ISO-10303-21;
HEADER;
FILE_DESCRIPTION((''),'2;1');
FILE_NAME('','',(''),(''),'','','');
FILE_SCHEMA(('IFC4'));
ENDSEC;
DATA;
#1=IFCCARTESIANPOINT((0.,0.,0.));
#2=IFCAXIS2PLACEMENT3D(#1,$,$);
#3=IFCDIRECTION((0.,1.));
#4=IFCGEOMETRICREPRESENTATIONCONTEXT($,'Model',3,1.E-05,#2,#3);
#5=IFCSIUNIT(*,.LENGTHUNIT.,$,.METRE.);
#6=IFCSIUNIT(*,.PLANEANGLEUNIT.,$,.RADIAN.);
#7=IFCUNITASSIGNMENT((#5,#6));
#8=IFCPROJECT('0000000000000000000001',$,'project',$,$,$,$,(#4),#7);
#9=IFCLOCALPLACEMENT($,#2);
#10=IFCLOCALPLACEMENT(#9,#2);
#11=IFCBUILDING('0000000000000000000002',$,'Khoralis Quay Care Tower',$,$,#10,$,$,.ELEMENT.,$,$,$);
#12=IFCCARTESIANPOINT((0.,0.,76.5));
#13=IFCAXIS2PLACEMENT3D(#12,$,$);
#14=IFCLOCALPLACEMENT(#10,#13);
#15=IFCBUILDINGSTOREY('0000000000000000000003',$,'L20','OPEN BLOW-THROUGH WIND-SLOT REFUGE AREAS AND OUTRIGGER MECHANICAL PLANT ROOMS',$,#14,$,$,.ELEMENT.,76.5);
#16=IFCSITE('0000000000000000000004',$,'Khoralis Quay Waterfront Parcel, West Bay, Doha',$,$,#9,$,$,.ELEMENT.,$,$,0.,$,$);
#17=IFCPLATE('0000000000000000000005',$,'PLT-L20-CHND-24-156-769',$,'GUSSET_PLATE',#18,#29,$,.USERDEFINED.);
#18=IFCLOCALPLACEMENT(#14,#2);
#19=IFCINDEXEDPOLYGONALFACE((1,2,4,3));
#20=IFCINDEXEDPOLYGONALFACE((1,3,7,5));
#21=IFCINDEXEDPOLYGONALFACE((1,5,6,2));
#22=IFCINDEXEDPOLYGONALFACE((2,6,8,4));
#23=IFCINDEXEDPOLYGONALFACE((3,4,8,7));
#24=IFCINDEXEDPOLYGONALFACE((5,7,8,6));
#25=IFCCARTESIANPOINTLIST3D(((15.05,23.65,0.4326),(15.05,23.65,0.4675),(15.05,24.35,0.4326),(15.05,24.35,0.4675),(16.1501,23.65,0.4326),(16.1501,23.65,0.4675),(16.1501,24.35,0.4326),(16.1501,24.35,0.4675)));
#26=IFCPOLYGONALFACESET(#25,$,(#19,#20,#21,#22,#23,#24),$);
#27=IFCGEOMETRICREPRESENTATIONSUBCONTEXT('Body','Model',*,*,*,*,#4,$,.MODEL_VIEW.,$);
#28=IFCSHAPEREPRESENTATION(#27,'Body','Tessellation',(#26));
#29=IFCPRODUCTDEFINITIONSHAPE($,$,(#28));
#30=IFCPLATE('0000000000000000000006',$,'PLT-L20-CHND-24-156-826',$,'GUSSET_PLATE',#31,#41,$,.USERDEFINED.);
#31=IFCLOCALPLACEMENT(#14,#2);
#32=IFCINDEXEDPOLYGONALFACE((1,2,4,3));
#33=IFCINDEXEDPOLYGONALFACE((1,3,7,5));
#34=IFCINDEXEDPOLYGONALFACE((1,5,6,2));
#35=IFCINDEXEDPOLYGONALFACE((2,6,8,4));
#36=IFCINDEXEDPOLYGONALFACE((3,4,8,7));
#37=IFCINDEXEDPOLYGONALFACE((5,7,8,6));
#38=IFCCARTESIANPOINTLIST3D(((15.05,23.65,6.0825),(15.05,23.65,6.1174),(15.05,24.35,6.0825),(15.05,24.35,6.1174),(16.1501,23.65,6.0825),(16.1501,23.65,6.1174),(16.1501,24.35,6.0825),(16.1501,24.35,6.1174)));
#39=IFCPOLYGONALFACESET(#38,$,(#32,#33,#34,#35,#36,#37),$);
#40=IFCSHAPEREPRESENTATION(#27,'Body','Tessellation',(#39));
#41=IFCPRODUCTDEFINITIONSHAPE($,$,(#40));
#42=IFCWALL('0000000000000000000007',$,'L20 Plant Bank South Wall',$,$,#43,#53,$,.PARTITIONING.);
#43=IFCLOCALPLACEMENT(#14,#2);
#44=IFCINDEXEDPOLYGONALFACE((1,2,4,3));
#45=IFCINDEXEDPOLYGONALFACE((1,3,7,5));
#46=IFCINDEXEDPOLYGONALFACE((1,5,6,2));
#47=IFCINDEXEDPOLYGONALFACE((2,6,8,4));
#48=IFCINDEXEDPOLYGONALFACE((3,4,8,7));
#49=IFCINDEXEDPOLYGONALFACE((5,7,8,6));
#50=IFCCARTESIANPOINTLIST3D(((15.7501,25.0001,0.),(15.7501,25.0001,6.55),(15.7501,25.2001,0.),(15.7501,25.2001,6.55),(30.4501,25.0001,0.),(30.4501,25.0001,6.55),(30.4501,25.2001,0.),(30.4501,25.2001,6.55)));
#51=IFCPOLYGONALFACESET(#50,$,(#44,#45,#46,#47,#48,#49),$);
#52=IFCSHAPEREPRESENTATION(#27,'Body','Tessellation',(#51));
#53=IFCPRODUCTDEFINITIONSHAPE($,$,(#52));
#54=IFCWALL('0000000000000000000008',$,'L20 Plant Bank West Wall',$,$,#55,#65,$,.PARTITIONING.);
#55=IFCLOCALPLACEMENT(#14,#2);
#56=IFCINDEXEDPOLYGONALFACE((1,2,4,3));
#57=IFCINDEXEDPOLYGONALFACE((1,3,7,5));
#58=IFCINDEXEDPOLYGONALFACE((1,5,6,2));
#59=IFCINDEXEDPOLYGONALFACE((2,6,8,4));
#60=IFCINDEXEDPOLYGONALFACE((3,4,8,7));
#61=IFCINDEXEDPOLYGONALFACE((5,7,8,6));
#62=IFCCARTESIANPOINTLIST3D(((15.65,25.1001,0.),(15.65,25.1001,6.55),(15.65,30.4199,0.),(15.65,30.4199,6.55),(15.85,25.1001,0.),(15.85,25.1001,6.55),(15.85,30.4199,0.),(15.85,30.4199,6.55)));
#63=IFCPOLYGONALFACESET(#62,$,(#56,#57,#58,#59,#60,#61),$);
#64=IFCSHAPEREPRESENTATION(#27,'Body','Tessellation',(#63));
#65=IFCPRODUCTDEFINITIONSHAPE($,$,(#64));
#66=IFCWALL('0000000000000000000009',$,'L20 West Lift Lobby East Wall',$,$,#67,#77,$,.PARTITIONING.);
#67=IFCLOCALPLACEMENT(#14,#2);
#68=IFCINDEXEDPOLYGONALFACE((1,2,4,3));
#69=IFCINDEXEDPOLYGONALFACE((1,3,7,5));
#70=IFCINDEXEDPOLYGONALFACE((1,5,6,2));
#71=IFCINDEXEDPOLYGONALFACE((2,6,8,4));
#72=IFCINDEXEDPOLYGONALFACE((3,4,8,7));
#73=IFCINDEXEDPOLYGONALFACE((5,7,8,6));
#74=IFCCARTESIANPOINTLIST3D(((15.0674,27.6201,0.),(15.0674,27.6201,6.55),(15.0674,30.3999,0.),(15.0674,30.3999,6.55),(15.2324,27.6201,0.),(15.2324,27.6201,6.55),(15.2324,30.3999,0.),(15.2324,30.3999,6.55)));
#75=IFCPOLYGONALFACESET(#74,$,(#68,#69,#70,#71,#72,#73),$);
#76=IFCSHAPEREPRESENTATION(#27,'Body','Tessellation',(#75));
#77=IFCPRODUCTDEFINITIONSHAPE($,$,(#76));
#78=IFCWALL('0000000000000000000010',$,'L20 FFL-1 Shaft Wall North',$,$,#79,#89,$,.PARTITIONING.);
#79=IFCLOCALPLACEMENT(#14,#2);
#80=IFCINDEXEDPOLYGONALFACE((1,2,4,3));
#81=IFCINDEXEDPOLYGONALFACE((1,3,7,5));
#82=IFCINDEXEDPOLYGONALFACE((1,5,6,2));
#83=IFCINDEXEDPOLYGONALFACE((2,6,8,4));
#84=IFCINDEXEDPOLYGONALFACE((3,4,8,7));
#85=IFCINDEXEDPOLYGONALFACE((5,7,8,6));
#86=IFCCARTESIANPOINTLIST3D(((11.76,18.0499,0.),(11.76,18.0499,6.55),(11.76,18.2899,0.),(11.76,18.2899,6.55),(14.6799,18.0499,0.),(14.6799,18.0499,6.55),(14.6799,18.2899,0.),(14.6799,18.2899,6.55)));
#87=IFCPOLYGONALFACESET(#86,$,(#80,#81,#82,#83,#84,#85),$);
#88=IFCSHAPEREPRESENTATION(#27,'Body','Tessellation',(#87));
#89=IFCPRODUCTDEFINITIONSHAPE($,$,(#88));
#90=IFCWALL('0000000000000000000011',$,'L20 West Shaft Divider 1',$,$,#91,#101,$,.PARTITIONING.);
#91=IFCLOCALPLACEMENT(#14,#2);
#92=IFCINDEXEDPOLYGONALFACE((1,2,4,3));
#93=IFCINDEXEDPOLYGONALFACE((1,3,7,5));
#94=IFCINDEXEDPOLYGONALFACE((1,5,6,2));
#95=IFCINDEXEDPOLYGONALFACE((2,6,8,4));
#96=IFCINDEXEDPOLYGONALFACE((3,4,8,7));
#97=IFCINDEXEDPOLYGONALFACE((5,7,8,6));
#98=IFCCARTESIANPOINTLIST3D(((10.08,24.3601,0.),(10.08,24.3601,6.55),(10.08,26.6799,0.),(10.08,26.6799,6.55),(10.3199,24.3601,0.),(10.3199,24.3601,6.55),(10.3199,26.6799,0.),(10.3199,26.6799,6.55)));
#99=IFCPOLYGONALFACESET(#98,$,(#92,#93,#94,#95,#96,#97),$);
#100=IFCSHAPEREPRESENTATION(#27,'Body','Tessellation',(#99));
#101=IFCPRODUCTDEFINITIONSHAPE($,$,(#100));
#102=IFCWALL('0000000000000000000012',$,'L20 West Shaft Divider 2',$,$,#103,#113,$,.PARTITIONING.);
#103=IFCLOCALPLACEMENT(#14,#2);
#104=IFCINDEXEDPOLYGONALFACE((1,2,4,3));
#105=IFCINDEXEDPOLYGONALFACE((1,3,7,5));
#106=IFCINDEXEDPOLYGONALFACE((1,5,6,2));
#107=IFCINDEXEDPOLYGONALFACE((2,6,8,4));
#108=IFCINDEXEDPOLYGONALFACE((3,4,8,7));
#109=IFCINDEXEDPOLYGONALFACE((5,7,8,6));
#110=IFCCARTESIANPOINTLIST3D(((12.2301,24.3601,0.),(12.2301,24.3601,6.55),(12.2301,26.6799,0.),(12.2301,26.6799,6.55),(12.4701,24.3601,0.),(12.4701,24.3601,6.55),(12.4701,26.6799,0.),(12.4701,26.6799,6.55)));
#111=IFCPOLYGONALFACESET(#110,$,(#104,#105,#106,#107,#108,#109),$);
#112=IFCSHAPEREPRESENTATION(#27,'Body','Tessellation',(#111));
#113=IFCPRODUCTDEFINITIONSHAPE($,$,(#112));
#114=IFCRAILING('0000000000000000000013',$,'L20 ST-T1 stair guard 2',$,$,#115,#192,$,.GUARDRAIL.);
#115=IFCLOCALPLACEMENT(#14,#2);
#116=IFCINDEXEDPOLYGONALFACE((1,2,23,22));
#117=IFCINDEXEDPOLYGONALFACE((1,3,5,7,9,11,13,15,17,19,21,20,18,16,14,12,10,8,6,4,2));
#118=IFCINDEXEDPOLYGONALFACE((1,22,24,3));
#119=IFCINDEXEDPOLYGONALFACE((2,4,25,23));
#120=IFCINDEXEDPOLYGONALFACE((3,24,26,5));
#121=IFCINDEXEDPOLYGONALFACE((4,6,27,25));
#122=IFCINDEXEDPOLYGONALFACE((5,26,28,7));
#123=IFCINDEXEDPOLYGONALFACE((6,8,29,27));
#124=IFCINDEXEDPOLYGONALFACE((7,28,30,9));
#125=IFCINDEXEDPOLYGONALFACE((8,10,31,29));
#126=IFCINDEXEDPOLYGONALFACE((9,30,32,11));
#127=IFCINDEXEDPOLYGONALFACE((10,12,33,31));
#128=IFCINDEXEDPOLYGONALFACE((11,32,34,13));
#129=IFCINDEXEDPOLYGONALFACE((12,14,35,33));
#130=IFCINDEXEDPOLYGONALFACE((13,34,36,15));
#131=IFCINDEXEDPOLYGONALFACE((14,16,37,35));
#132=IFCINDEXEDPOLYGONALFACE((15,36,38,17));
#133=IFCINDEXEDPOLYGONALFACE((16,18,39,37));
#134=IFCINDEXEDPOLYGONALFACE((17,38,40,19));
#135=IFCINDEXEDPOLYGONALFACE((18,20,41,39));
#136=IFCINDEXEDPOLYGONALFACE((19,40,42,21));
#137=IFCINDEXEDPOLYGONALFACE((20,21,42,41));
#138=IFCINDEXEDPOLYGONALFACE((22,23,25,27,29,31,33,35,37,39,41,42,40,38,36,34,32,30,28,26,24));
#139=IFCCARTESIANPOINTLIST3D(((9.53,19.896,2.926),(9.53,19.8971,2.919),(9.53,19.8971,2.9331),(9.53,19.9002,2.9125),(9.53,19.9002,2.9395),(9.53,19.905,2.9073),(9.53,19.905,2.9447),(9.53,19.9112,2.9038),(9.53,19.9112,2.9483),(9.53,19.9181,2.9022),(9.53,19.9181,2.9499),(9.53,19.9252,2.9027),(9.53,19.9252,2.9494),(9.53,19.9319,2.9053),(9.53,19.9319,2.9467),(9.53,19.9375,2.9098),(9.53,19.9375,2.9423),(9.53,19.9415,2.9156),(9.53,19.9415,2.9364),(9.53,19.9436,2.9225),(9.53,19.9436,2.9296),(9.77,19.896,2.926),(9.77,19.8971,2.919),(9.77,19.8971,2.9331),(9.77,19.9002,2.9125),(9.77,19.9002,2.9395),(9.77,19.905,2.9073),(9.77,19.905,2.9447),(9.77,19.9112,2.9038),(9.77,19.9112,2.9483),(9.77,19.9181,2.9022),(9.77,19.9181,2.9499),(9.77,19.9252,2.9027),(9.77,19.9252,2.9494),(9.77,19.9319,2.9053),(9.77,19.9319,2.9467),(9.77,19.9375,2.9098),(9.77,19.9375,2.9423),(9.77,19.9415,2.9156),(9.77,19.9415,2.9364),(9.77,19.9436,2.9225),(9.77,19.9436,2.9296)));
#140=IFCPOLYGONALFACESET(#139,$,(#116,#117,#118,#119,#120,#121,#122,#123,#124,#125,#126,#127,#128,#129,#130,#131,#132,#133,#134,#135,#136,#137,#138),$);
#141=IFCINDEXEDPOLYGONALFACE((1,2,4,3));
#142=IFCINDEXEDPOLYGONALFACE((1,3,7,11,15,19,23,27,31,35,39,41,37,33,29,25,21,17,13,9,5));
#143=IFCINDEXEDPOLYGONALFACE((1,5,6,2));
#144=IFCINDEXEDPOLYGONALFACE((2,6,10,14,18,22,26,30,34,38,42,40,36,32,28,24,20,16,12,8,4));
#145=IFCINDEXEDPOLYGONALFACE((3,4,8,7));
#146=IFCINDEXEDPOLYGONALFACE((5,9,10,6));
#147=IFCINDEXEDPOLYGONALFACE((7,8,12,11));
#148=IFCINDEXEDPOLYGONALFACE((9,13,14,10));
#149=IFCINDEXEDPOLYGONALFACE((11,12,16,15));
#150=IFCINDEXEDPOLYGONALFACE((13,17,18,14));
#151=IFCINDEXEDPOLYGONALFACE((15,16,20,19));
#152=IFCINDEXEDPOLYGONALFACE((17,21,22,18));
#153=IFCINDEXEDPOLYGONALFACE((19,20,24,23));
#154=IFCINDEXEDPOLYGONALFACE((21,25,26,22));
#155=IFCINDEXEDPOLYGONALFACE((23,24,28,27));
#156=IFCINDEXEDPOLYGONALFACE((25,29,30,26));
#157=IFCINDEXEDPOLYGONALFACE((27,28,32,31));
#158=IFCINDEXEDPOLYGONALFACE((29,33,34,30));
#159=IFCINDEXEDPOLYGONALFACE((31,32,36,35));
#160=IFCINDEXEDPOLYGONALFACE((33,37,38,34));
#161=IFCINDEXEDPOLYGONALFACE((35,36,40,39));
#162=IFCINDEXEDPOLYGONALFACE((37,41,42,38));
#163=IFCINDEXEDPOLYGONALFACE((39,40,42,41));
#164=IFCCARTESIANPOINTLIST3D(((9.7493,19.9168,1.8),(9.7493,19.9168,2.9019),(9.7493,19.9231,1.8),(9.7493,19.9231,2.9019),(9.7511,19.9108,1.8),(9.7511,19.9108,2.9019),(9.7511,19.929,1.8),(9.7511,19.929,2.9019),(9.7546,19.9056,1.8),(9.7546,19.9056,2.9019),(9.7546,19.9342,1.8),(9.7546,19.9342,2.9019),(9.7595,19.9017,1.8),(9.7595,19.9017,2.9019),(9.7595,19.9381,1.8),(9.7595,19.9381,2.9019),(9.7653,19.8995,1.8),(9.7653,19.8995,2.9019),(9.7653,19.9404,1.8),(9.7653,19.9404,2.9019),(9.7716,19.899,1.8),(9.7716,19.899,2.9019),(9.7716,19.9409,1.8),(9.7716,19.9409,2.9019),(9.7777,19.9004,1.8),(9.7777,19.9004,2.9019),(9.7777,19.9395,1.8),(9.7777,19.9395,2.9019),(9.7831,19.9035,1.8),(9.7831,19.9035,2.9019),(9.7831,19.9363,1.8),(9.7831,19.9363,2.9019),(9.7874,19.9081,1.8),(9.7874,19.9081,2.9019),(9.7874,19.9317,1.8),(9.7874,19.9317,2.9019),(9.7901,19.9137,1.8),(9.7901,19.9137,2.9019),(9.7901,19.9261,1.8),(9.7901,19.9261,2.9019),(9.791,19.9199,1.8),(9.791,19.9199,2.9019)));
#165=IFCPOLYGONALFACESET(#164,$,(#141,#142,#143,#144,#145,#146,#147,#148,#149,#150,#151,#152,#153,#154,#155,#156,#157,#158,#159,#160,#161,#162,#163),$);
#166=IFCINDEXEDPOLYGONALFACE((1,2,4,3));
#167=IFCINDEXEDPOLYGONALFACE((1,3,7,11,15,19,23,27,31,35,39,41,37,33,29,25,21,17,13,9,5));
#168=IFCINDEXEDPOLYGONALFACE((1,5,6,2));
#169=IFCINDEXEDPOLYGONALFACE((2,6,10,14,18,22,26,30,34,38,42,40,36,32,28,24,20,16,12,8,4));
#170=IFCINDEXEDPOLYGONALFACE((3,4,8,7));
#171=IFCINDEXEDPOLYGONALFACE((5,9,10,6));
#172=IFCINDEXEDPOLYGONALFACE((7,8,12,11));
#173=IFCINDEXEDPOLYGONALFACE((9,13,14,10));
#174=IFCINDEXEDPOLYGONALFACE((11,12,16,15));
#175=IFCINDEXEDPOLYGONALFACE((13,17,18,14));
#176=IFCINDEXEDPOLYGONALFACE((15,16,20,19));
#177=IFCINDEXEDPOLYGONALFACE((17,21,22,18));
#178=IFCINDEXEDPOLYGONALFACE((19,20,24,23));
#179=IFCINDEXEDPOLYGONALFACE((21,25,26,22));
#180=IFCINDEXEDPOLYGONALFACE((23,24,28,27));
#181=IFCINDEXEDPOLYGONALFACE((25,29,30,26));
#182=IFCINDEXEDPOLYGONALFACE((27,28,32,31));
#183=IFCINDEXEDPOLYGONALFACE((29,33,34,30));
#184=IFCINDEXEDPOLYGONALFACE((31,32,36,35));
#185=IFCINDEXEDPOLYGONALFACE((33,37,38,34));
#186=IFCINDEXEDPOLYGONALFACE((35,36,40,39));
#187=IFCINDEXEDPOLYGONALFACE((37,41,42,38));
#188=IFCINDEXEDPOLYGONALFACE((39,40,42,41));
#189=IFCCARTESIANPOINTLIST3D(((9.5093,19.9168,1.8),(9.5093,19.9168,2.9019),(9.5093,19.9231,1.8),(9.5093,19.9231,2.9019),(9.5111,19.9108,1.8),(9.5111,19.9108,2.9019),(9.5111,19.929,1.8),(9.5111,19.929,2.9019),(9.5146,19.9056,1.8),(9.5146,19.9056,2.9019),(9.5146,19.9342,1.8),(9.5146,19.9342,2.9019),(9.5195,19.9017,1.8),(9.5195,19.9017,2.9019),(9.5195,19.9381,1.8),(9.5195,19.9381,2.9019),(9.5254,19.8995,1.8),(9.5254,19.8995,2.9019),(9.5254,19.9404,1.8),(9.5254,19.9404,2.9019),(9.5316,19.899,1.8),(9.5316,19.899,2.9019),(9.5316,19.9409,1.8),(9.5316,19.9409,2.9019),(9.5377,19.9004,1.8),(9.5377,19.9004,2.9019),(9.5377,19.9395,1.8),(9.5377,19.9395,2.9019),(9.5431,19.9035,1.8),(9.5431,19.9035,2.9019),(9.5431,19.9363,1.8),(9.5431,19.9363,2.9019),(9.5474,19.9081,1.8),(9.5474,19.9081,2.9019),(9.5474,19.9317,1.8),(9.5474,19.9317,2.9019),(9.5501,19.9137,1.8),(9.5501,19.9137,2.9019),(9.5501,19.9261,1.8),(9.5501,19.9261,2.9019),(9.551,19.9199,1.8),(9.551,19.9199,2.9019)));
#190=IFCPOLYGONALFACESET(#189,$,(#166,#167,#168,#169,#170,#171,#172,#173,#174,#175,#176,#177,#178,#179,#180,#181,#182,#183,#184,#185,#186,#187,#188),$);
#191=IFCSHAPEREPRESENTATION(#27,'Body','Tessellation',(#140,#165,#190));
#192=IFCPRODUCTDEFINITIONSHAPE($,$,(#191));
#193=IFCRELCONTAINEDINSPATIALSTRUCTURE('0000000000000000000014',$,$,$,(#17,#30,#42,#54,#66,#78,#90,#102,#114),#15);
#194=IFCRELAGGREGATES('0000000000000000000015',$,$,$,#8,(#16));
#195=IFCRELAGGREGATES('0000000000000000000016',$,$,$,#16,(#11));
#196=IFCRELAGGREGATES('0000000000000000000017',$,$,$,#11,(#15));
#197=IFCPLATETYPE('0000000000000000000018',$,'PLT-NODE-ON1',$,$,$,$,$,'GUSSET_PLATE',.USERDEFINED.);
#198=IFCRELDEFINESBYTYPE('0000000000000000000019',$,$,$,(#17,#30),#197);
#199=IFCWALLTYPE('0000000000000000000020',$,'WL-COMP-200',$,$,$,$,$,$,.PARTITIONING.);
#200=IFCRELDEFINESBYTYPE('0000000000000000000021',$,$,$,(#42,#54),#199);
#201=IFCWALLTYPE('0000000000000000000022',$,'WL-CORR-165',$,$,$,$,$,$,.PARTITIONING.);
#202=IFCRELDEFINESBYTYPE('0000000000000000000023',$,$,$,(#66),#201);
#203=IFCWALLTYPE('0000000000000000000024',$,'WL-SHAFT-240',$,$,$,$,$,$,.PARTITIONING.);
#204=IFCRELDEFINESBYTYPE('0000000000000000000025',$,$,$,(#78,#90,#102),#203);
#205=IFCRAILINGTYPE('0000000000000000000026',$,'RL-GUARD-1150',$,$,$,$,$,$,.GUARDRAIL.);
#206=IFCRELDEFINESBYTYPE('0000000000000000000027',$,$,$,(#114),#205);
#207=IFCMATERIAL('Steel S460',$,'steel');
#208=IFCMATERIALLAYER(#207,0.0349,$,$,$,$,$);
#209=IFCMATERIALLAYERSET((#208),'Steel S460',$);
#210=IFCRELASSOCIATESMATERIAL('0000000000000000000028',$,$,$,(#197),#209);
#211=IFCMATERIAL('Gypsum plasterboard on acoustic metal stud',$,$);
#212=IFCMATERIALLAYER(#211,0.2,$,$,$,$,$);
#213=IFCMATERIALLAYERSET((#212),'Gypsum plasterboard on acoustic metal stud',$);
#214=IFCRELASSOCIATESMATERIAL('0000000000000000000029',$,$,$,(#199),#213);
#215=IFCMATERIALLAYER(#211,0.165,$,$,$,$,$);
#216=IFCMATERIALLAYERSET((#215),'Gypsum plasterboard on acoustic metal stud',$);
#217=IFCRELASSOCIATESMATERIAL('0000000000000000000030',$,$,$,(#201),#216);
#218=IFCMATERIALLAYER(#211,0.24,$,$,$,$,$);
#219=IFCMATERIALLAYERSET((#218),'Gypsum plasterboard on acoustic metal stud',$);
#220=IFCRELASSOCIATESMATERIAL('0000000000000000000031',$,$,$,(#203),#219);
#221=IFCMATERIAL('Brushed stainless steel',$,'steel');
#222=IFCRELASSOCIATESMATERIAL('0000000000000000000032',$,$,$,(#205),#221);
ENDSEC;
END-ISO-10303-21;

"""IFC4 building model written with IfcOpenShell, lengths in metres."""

from ifc_helpers import new_model, si_unit, direction, frame, frame_2d, origin, origin_2d, place, context, subcontext, project, spatial, rectangle, circle, extrude, source, transform, mapped, material, layer, layer_set, type_object, element, save


model = new_model("IFC4")

# Units and contexts
model_context = context("Model", 3, precision=1e-05, world=origin(), true_north=direction((0.0, 1.0)))
body_context = subcontext(model_context, "Body", "Model", "MODEL_VIEW")
ifc_project = project(units=[si_unit("LENGTHUNIT", "METRE"), si_unit("PLANEANGLEUNIT", "RADIAN")], contexts=[model_context])

# Site, building, storey
site_placement = place(None, origin())
site = spatial("IfcSite", under=ifc_project, at=site_placement, Name="Khoralis Quay Waterfront Parcel, West Bay, Doha", CompositionType="ELEMENT", RefElevation=0.0)
building_placement = place(site_placement, origin())
building = spatial("IfcBuilding", under=site, at=building_placement, Name="Khoralis Quay Care Tower", CompositionType="ELEMENT")
storey_placement = place(building_placement, frame((0.0, 0.0, 76.5)))
storey = spatial("IfcBuildingStorey", under=building, at=storey_placement, Name="L20", Description="OPEN BLOW-THROUGH WIND-SLOT REFUGE AREAS AND OUTRIGGER MECHANICAL PLANT ROOMS", CompositionType="ELEMENT", Elevation=76.5)

# Shared definitions
ifc_material_1 = material(Name="Steel S460", Category="steel")

# Plates
ifc_layer_1 = layer(ifc_material_1, 0.0349)
ifc_layer_set_1 = layer_set([ifc_layer_1], Name="Steel S460")
plate_type = type_object("IfcPlateType", Name="PLT-NODE-ON1", ElementType="GUSSET_PLATE", PredefinedType="USERDEFINED", material=ifc_layer_set_1)
shared_shape_1 = source(origin(), body_context, "Body", "SweptSolid", [
    extrude(rectangle(XDim=1.1001, YDim=0.7, at=origin_2d()), origin(), (0.0, 0.0, 1.0), 0.0349),
])
for number, where, z_axis, x_axis, name in (
    (1, (15.6001, 24.0, 0.4326), (0.0, 0.0, 1.0), (1.0, 0.0, 0.0), "PLT-L20-CHND-24-156-769"),
    (2, (15.6001, 24.0, 6.0825), (0.0, 0.0, 1.0), (1.0, 0.0, 0.0), "PLT-L20-CHND-24-156-826"),
):
    element("IfcPlate", number, at=place(storey_placement, frame(where, z_axis=z_axis, x_axis=x_axis)), inside=storey, type_object=plate_type, Name=name, ObjectType="GUSSET_PLATE", PredefinedType="USERDEFINED", context=body_context, shape_type="MappedRepresentation", body=[
        mapped(shared_shape_1, transform((0.0, 0.0, 0.0), scale=1.0)),
    ])

# Walls
ifc_material_2 = material(Name="Gypsum plasterboard on acoustic metal stud")
ifc_layer_2 = layer(ifc_material_2, 0.2)
ifc_layer_set_2 = layer_set([ifc_layer_2], Name="Gypsum plasterboard on acoustic metal stud")
wall_type_1 = type_object("IfcWallType", Name="WL-COMP-200", PredefinedType="PARTITIONING", material=ifc_layer_set_2)
wall_1_placement = place(storey_placement, frame((15.75, 25.1001, 0.0), z_axis=(0.0, 0.0, 1.0), x_axis=(1.0, 0.0, 0.0)))
element("IfcWall", 3, at=wall_1_placement, inside=storey, type_object=wall_type_1, Name="L20 Plant Bank South Wall", PredefinedType="PARTITIONING", context=body_context, shape_type="SweptSolid", body=[
    extrude(rectangle(XDim=14.7, YDim=0.2, at=frame_2d((7.3501, 0.0))), origin(), (0.0, 0.0, 1.0), 6.55),
])
wall_2_placement = place(storey_placement, frame((15.75, 25.1001, 0.0), z_axis=(0.0, 0.0, 1.0), x_axis=(0.0, 1.0, 0.0)))
element("IfcWall", 4, at=wall_2_placement, inside=storey, type_object=wall_type_1, Name="L20 Plant Bank West Wall", PredefinedType="PARTITIONING", context=body_context, shape_type="SweptSolid", body=[
    extrude(rectangle(XDim=5.3198, YDim=0.2, at=frame_2d((2.6599, 0.0))), origin(), (0.0, 0.0, 1.0), 6.55),
])
ifc_layer_3 = layer(ifc_material_2, 0.165)
ifc_layer_set_3 = layer_set([ifc_layer_3], Name="Gypsum plasterboard on acoustic metal stud")
wall_type_2 = type_object("IfcWallType", Name="WL-CORR-165", PredefinedType="PARTITIONING", material=ifc_layer_set_3)
wall_3_placement = place(storey_placement, frame((15.1499, 27.6201, 0.0), z_axis=(0.0, 0.0, 1.0), x_axis=(0.0, 1.0, 0.0)))
element("IfcWall", 5, at=wall_3_placement, inside=storey, type_object=wall_type_2, Name="L20 West Lift Lobby East Wall", PredefinedType="PARTITIONING", context=body_context, shape_type="SweptSolid", body=[
    extrude(rectangle(XDim=2.7798, YDim=0.165, at=frame_2d((1.3899, 0.0))), origin(), (0.0, 0.0, 1.0), 6.55),
])
ifc_layer_4 = layer(ifc_material_2, 0.24)
ifc_layer_set_4 = layer_set([ifc_layer_4], Name="Gypsum plasterboard on acoustic metal stud")
wall_type_3 = type_object("IfcWallType", Name="WL-SHAFT-240", PredefinedType="PARTITIONING", material=ifc_layer_set_4)
wall_4_placement = place(storey_placement, frame((11.76, 18.1699, 0.0), z_axis=(0.0, 0.0, 1.0), x_axis=(1.0, 0.0, 0.0)))
element("IfcWall", 6, at=wall_4_placement, inside=storey, type_object=wall_type_3, Name="L20 FFL-1 Shaft Wall North", PredefinedType="PARTITIONING", context=body_context, shape_type="SweptSolid", body=[
    extrude(rectangle(XDim=2.9199, YDim=0.24, at=frame_2d((1.46, 0.0))), origin(), (0.0, 0.0, 1.0), 6.55),
])
for number, where, z_axis, x_axis, name in (
    (7, (10.2, 24.3601, 0.0), (0.0, 0.0, 1.0), (0.0, 1.0, 0.0), "L20 West Shaft Divider 1"),
    (8, (12.3501, 24.3601, 0.0), (0.0, 0.0, 1.0), (0.0, 1.0, 0.0), "L20 West Shaft Divider 2"),
):
    element("IfcWall", number, at=place(storey_placement, frame(where, z_axis=z_axis, x_axis=x_axis)), inside=storey, type_object=wall_type_3, Name=name, PredefinedType="PARTITIONING", context=body_context, shape_type="SweptSolid", body=[
        extrude(rectangle(XDim=2.3198, YDim=0.24, at=frame_2d((1.1599, 0.0))), origin(), (0.0, 0.0, 1.0), 6.55),
    ])

# Railing
ifc_material_3 = material(Name="Brushed stainless steel", Category="steel")
railing_type = type_object("IfcRailingType", Name="RL-GUARD-1150", PredefinedType="GUARDRAIL", material=ifc_material_3)
for number, where, name in (
    (9, (9.77, 19.9199, 1.8), "L20 ST-T1 stair guard 2"),
):
    element("IfcRailing", number, at=place(storey_placement, frame(where)), inside=storey, type_object=railing_type, Name=name, PredefinedType="GUARDRAIL", context=body_context, shape_type="SweptSolid", body=[
        extrude(circle(Radius=0.0239, at=origin_2d()), frame((0.0, 0.0, 1.126), z_axis=(-1.0, 0.0, 0.0), x_axis=(0.0, -1.0, 0.0)), (0.0, 0.0, 1.0), 0.24),
        extrude(circle(Radius=0.021, at=origin_2d()), origin(), (0.0, 0.0, 1.0), 1.1018),
        extrude(circle(Radius=0.021, at=origin_2d()), frame((-0.24, 0.0, 0.0)), (0.0, 0.0, 1.0), 1.1018),
    ])

save(model, "model.ifc")
